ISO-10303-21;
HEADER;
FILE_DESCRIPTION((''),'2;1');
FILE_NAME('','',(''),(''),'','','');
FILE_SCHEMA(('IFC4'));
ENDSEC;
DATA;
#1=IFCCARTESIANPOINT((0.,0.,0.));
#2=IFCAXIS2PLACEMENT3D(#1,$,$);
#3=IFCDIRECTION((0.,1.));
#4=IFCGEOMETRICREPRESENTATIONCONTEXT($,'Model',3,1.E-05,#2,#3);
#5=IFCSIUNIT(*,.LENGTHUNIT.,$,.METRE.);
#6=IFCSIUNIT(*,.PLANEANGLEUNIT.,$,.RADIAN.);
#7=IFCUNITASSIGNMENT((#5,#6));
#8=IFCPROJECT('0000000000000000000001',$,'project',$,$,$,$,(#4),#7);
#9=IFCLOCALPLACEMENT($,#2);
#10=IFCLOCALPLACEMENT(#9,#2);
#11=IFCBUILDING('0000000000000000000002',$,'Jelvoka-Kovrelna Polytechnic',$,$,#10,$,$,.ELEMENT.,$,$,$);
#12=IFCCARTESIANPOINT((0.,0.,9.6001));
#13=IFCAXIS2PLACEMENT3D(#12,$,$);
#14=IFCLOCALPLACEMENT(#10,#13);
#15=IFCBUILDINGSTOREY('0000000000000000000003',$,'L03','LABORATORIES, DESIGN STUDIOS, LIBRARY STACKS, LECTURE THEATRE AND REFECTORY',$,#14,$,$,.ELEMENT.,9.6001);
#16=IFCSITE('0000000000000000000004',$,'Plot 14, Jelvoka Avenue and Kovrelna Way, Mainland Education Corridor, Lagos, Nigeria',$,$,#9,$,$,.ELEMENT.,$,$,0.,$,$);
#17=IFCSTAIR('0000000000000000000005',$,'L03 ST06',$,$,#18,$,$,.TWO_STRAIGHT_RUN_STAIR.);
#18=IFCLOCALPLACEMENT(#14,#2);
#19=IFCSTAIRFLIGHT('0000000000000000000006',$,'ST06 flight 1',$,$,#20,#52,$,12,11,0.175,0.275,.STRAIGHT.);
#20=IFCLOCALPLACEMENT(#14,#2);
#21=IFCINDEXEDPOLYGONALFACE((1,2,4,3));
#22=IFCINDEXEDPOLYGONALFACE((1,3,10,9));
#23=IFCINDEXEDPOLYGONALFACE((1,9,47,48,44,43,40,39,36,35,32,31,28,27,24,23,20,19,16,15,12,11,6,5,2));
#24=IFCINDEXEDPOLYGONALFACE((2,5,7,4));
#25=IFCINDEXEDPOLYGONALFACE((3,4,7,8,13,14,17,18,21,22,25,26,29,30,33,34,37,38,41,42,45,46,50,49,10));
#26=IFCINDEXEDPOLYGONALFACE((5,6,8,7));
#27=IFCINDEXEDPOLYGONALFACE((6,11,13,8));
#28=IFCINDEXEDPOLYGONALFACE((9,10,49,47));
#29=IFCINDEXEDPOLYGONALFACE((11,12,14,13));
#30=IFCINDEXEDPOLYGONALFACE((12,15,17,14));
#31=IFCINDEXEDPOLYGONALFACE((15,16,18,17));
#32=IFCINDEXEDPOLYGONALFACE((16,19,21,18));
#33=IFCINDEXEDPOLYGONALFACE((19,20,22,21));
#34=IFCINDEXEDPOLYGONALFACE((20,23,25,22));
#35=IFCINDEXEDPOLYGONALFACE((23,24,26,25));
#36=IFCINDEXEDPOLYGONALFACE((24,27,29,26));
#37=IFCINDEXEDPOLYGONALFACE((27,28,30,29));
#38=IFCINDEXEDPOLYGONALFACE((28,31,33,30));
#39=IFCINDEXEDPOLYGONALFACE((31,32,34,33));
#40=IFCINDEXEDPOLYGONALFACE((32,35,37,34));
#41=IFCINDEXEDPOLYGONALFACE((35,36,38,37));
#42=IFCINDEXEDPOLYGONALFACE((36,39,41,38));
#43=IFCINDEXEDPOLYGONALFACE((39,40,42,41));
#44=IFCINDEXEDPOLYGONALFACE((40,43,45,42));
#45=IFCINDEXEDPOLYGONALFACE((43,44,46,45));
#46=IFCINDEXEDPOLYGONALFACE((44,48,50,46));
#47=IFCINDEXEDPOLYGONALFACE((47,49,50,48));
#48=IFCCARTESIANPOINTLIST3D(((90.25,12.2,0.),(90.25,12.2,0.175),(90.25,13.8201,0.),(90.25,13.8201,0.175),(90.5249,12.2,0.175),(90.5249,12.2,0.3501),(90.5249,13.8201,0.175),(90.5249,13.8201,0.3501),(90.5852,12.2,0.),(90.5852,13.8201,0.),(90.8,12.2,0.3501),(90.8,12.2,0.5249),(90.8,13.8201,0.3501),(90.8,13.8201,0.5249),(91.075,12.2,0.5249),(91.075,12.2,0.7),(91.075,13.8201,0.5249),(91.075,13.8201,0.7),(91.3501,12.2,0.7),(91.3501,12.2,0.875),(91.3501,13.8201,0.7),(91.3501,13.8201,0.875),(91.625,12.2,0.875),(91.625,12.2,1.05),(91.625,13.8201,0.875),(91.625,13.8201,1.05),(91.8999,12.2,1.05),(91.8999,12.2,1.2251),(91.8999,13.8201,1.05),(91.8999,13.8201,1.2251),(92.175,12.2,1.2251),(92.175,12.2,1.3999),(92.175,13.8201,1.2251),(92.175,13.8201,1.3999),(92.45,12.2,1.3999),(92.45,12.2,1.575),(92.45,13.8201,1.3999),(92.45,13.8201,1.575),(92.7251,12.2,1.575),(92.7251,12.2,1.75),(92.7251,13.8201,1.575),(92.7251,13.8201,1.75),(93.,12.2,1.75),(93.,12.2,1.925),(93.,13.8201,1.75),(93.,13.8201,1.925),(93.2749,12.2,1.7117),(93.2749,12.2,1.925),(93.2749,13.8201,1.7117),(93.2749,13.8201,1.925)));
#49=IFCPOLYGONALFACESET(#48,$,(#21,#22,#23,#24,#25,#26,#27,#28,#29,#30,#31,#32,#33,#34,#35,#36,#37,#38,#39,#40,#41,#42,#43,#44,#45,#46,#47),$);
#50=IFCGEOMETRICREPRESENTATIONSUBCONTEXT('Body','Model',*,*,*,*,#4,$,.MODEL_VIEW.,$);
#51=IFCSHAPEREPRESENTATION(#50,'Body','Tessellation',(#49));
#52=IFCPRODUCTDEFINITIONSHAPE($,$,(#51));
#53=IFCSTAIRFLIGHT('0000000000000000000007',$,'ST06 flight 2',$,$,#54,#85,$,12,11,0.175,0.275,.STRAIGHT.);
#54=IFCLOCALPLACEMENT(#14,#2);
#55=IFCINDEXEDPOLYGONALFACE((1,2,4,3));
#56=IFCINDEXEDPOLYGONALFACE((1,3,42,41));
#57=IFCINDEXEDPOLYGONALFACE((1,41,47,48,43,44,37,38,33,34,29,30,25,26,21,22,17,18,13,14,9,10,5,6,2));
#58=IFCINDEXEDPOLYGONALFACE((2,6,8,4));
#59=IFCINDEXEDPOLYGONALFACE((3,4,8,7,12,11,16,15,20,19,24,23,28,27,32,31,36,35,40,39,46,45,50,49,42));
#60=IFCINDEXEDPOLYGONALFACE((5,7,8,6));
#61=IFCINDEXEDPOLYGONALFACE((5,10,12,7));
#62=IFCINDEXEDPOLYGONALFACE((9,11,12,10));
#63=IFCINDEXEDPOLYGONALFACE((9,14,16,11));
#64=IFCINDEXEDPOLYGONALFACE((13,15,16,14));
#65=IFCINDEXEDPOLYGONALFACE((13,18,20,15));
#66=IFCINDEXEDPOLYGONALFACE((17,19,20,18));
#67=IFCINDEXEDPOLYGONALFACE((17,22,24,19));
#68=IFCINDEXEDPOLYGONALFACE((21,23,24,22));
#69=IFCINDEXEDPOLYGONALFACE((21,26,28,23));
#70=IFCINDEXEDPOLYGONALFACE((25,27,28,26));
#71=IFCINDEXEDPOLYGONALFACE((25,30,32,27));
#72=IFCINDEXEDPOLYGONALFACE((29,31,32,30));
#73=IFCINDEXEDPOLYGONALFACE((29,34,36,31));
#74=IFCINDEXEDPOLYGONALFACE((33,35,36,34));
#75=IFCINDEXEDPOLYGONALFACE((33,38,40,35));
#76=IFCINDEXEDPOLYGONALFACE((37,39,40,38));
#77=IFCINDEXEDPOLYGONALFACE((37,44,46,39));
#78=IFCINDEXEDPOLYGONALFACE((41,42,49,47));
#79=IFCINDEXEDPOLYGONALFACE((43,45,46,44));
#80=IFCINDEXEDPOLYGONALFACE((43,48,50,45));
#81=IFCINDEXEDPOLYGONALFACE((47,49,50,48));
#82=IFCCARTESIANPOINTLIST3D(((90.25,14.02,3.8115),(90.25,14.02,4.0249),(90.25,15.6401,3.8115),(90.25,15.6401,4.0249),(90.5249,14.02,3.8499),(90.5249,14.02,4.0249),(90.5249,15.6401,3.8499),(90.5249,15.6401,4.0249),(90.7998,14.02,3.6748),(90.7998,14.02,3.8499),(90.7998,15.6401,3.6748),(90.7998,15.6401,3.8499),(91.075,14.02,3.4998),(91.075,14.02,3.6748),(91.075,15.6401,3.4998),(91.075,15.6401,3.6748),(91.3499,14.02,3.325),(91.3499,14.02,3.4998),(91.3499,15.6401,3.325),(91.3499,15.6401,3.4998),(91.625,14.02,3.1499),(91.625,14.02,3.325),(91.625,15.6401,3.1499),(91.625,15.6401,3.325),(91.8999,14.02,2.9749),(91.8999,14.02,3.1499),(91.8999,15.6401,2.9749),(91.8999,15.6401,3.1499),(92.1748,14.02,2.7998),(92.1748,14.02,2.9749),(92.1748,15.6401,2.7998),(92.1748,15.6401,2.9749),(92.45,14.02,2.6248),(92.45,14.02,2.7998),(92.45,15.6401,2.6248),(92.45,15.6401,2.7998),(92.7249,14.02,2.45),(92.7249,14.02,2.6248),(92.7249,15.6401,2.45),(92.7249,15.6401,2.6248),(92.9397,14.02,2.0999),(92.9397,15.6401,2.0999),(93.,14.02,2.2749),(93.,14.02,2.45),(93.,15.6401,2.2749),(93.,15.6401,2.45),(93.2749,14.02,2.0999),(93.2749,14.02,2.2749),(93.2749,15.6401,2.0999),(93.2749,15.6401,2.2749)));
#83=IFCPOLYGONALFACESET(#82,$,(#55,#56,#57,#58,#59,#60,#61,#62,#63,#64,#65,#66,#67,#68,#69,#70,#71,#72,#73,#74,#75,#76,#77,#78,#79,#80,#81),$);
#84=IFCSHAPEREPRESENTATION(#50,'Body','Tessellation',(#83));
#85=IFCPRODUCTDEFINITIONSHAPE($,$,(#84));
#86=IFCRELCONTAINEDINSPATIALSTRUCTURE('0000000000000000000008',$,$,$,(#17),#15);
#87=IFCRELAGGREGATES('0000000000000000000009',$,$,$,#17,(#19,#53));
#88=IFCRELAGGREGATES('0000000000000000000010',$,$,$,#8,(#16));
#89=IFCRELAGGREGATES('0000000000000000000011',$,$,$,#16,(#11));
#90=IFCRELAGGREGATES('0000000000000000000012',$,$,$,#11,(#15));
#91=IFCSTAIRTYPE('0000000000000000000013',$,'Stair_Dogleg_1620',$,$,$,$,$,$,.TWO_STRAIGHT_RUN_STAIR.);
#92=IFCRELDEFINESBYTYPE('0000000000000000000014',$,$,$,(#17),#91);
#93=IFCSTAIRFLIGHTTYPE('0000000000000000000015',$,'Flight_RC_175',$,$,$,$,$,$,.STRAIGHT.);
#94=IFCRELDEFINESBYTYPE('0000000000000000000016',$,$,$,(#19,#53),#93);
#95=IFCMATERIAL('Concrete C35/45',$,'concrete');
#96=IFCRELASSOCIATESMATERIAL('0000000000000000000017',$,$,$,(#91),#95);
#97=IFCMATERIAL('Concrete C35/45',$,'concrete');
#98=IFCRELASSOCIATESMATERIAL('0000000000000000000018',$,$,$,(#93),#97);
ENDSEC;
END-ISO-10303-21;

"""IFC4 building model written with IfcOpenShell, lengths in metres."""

from ifc_helpers import new_model, si_unit, direction, frame, origin, place, context, subcontext, project, spatial, polyline, outline, extrude, material, type_object, element, aggregate, save


model = new_model("IFC4")

# Units and contexts
model_context = context("Model", 3, precision=1e-05, world=origin(), true_north=direction((0.0, 1.0)))
body_context = subcontext(model_context, "Body", "Model", "MODEL_VIEW")
ifc_project = project(units=[si_unit("LENGTHUNIT", "METRE"), si_unit("PLANEANGLEUNIT", "RADIAN")], contexts=[model_context])

# Site, building, storey
site_placement = place(None, origin())
site = spatial("IfcSite", under=ifc_project, at=site_placement, Name="Plot 14, Jelvoka Avenue and Kovrelna Way, Mainland Education Corridor, Lagos, Nigeria", CompositionType="ELEMENT", RefElevation=0.0)
building_placement = place(site_placement, origin())
building = spatial("IfcBuilding", under=site, at=building_placement, Name="Jelvoka-Kovrelna Polytechnic", CompositionType="ELEMENT")
storey_placement = place(building_placement, frame((0.0, 0.0, 9.6001)))
storey = spatial("IfcBuildingStorey", under=building, at=storey_placement, Name="L03", Description="LABORATORIES, DESIGN STUDIOS, LIBRARY STACKS, LECTURE THEATRE AND REFECTORY", CompositionType="ELEMENT", Elevation=9.6001)

# Stair, stair flights
ifc_material_1 = material(Name="Concrete C35/45", Category="concrete")
stair_type = type_object("IfcStairType", Name="Stair_Dogleg_1620", PredefinedType="TWO_STRAIGHT_RUN_STAIR", material=ifc_material_1)
stair_placement = place(storey_placement, origin())
stair = element("IfcStair", 1, at=stair_placement, inside=storey, type_object=stair_type, Name="L03 ST06", PredefinedType="TWO_STRAIGHT_RUN_STAIR")
ifc_material_2 = material(Name="Concrete C35/45", Category="concrete")
stair_flight_type = type_object("IfcStairFlightType", Name="Flight_RC_175", PredefinedType="STRAIGHT", material=ifc_material_2)
stair_flight_1_placement = place(storey_placement, frame((90.25, 13.01, 0.0), z_axis=(0.0, 0.0, 1.0), x_axis=(1.0, 0.0, 0.0)))
stair_flight_1 = element("IfcStairFlight", 2, at=stair_flight_1_placement, type_object=stair_flight_type, Name="ST06 flight 1", NumberOfRisers=12, NumberOfTreads=11, PredefinedType="STRAIGHT", RiserHeight=0.175, TreadLength=0.275, context=body_context, shape_type="SweptSolid", body=[
    extrude(outline(polyline([(0.0, 0.0), (0.0, 0.175), (0.2749, 0.175), (0.2749, 0.3501), (0.55, 0.3501), (0.55, 0.5249), (0.825, 0.5249), (0.825, 0.7), (1.1001, 0.7), (1.1001, 0.875), (1.375, 0.875), (1.375, 1.05), (1.6499, 1.05), (1.6499, 1.2251), (1.925, 1.2251), (1.925, 1.3999), (2.2, 1.3999), (2.2, 1.575), (2.4751, 1.575), (2.4751, 1.75), (2.75, 1.75), (2.75, 1.925), (3.0249, 1.925), (3.0249, 2.1001), (3.0249, 1.7117), (0.3352, 0.0), (0.0, 0.0)])), frame((0.0, 0.8101, 0.0), z_axis=(0.0, -1.0, 0.0), x_axis=(1.0, 0.0, 0.0)), (0.0, 0.0, 1.0), 1.6201),
])
stair_flight_2_placement = place(storey_placement, frame((93.2749, 14.8301, 2.0999), z_axis=(0.0, 0.0, 1.0), x_axis=(-1.0, 0.0, 0.0)))
stair_flight_2 = element("IfcStairFlight", 3, at=stair_flight_2_placement, type_object=stair_flight_type, Name="ST06 flight 2", NumberOfRisers=12, NumberOfTreads=11, PredefinedType="STRAIGHT", RiserHeight=0.175, TreadLength=0.275, context=body_context, shape_type="SweptSolid", body=[
    extrude(outline(polyline([(0.0, 0.0), (0.0, 0.175), (0.2749, 0.175), (0.2749, 0.3501), (0.55, 0.3501), (0.55, 0.5249), (0.825, 0.5249), (0.825, 0.7), (1.1001, 0.7), (1.1001, 0.875), (1.375, 0.875), (1.375, 1.05), (1.6499, 1.05), (1.6499, 1.2251), (1.925, 1.2251), (1.925, 1.3999), (2.2, 1.3999), (2.2, 1.575), (2.4751, 1.575), (2.4751, 1.75), (2.75, 1.75), (2.75, 1.925), (3.0249, 1.925), (3.0249, 2.1001), (3.0249, 1.7117), (0.3352, 0.0), (0.0, 0.0)])), frame((0.0, 0.8101, 0.0), z_axis=(0.0, -1.0, 0.0), x_axis=(1.0, 0.0, 0.0)), (0.0, 0.0, 1.0), 1.6201),
])
aggregate(stair, [stair_flight_1, stair_flight_2])

save(model, "model.ifc")
